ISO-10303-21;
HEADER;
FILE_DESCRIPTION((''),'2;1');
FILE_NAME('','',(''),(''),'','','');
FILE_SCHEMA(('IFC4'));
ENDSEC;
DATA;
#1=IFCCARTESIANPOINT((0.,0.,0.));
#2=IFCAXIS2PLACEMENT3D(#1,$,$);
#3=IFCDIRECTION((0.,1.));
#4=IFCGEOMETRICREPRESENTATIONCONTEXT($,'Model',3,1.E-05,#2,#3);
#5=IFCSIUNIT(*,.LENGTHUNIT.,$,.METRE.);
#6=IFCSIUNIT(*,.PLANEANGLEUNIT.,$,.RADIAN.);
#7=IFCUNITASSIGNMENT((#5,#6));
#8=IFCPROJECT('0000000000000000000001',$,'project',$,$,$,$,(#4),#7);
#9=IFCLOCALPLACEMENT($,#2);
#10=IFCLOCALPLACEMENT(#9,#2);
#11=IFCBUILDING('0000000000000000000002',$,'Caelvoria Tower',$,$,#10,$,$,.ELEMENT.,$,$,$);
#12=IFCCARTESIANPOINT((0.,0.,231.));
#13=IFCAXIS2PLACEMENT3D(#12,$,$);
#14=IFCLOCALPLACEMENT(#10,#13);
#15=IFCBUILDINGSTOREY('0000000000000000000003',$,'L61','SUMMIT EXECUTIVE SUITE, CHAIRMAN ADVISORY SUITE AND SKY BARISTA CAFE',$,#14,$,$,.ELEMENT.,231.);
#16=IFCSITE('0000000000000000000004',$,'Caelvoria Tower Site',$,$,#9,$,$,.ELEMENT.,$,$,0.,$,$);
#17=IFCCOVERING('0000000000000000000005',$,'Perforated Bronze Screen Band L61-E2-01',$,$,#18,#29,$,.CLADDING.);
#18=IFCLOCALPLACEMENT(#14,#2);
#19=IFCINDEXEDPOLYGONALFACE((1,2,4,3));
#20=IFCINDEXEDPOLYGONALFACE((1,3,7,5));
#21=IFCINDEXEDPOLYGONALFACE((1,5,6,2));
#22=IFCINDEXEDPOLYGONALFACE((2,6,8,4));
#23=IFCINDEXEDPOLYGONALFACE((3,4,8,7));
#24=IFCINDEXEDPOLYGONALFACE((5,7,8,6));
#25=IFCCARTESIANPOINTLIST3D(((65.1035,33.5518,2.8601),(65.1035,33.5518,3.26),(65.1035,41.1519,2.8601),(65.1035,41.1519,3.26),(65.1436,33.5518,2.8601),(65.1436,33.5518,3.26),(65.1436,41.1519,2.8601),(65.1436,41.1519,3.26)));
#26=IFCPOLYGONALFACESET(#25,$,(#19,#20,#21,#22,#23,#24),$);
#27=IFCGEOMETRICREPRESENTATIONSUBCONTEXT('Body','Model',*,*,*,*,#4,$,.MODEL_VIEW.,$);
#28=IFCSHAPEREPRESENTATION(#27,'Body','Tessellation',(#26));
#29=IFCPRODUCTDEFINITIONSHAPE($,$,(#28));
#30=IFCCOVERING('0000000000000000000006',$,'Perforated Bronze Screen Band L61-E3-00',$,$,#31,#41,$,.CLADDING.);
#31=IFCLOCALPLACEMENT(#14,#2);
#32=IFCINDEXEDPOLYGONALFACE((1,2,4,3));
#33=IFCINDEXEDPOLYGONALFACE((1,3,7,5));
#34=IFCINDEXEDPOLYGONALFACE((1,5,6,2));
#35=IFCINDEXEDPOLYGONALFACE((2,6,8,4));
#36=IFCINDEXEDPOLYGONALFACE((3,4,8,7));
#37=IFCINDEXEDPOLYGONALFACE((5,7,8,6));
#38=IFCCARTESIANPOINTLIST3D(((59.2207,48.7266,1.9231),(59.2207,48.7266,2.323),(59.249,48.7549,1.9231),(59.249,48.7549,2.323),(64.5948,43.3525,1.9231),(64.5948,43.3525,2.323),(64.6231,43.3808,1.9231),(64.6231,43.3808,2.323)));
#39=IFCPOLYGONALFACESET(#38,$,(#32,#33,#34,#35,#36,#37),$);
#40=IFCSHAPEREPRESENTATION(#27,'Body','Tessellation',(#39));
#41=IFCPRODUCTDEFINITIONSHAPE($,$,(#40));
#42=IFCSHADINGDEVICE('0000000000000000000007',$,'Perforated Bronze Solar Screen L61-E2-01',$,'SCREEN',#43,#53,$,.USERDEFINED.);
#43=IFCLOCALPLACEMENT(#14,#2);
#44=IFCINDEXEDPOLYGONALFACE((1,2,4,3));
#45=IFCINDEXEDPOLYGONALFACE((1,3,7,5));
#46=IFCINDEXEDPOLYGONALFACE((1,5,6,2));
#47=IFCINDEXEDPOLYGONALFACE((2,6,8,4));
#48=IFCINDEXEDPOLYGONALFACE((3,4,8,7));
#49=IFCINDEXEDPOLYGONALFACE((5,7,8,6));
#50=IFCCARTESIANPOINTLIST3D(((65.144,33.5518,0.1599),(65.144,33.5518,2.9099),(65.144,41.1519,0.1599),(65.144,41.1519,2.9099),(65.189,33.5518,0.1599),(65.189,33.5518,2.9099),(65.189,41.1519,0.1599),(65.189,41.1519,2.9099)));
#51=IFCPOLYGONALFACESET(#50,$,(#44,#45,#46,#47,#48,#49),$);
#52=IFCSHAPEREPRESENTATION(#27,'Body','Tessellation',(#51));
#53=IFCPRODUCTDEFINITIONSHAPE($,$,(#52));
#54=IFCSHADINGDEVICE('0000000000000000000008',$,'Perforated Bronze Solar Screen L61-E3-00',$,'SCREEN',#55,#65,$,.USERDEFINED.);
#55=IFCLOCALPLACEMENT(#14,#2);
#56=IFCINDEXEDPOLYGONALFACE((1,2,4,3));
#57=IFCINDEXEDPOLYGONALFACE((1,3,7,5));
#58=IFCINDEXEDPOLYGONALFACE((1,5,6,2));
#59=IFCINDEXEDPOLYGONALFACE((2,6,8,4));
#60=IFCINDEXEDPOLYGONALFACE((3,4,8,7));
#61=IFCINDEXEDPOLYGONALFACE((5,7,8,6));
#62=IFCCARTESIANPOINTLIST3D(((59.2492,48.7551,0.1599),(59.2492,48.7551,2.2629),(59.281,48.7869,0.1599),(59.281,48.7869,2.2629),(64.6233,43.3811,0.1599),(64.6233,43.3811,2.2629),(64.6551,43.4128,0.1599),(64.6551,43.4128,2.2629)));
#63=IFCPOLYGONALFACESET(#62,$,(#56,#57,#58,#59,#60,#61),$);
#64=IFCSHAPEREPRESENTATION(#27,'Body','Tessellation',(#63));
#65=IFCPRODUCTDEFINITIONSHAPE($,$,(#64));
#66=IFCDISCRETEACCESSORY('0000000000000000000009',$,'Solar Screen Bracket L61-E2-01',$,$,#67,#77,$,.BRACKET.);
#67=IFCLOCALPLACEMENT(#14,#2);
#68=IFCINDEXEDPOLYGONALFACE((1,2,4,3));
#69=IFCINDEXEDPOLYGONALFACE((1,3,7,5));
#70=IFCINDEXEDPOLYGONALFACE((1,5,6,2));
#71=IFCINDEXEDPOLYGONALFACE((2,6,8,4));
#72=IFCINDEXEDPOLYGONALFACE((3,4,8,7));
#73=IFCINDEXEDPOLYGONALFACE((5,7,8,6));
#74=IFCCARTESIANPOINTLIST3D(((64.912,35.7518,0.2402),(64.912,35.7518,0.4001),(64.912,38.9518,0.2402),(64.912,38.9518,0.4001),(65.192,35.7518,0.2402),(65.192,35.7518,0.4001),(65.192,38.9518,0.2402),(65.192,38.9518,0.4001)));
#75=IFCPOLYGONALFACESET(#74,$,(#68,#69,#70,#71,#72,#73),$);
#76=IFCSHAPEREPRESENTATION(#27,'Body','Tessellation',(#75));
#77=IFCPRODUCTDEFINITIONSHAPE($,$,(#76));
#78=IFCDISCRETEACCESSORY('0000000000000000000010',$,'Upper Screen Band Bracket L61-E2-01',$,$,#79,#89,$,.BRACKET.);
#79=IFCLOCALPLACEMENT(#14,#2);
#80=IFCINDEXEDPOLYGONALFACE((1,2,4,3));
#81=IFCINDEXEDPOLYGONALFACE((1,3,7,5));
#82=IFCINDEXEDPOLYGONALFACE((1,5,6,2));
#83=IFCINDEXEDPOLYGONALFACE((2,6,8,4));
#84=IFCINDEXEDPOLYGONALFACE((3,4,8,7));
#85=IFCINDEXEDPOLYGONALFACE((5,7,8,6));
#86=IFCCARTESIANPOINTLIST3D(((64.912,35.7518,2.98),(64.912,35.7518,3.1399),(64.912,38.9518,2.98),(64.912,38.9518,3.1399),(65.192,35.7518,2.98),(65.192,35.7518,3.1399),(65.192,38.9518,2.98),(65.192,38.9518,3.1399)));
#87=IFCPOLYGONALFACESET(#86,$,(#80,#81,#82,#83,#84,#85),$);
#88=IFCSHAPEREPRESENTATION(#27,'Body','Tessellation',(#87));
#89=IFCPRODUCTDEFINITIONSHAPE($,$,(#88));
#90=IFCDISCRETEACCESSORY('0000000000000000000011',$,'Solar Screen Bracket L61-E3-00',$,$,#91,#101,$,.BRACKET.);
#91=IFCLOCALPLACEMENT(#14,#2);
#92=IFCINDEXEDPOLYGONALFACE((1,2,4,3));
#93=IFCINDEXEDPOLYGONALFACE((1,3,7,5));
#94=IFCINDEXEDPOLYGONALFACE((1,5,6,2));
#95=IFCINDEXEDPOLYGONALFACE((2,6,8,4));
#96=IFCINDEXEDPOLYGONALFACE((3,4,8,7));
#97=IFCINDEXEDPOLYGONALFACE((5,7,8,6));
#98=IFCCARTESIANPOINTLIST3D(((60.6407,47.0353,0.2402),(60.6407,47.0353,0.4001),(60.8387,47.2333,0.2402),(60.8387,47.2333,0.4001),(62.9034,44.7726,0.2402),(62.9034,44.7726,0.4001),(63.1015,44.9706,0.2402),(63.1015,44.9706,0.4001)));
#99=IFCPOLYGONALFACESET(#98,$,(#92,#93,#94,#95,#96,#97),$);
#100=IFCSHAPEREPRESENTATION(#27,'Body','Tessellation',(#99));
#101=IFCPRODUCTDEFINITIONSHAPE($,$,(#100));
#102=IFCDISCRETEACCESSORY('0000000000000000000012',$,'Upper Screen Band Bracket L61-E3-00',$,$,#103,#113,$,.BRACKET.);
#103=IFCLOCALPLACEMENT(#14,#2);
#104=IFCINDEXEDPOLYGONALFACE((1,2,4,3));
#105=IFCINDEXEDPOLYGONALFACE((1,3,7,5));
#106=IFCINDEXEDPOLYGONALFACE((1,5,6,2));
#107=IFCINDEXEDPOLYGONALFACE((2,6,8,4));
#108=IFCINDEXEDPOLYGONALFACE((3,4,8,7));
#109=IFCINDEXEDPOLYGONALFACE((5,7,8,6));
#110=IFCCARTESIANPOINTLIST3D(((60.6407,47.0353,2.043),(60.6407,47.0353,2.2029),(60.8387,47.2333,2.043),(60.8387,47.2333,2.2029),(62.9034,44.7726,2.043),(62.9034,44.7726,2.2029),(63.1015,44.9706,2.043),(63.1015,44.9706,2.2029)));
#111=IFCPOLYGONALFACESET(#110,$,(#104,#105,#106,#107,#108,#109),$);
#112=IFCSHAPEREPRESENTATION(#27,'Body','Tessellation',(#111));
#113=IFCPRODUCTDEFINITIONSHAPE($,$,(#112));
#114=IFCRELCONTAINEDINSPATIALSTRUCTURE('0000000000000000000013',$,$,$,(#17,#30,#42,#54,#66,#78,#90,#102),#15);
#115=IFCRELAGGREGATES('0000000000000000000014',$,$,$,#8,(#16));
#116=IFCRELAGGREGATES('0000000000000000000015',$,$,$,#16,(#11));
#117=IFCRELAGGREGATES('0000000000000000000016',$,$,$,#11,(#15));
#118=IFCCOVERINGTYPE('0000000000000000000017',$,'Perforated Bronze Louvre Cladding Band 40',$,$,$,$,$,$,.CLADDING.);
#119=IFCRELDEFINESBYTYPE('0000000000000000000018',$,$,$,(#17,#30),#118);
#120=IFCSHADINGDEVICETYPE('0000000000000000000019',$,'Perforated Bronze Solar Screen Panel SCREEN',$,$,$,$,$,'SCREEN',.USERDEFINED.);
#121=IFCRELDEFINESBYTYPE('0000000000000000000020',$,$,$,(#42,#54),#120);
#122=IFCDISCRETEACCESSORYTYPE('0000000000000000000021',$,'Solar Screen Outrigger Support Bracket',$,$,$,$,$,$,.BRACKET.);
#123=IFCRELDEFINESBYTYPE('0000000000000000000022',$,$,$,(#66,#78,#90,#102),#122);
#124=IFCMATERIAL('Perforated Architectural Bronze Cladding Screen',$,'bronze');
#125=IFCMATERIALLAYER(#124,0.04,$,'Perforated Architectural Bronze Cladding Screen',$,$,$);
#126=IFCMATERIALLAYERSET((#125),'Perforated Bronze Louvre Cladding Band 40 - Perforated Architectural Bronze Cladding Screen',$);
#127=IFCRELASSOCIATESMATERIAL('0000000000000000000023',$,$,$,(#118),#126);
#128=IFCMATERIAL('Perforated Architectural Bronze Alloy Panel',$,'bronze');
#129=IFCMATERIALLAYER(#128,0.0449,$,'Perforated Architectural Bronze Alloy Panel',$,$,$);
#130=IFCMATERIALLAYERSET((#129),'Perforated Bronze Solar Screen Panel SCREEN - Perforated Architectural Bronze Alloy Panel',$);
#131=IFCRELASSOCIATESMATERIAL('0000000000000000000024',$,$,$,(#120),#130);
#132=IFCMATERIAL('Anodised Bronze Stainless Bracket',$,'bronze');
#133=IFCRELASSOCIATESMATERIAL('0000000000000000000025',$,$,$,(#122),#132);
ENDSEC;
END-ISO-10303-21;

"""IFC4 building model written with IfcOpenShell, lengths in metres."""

from ifc_helpers import new_model, si_unit, direction, frame, origin, origin_2d, place, context, subcontext, project, spatial, rectangle, extrude, material, layer, layer_set, type_object, element, save


model = new_model("IFC4")

# Units and contexts
model_context = context("Model", 3, precision=1e-05, world=origin(), true_north=direction((0.0, 1.0)))
body_context = subcontext(model_context, "Body", "Model", "MODEL_VIEW")
ifc_project = project(units=[si_unit("LENGTHUNIT", "METRE"), si_unit("PLANEANGLEUNIT", "RADIAN")], contexts=[model_context])

# Site, building, storey
site_placement = place(None, origin())
site = spatial("IfcSite", under=ifc_project, at=site_placement, Name="Caelvoria Tower Site", CompositionType="ELEMENT", RefElevation=0.0)
building_placement = place(site_placement, origin())
building = spatial("IfcBuilding", under=site, at=building_placement, Name="Caelvoria Tower", CompositionType="ELEMENT")
storey_placement = place(building_placement, frame((0.0, 0.0, 231.0)))
storey = spatial("IfcBuildingStorey", under=building, at=storey_placement, Name="L61", Description="SUMMIT EXECUTIVE SUITE, CHAIRMAN ADVISORY SUITE AND SKY BARISTA CAFE", CompositionType="ELEMENT", Elevation=231.0)

# Coverings
ifc_material_1 = material(Name="Perforated Architectural Bronze Cladding Screen", Category="bronze")
ifc_layer_1 = layer(ifc_material_1, 0.04, Name="Perforated Architectural Bronze Cladding Screen")
ifc_layer_set_1 = layer_set([ifc_layer_1], Name="Perforated Bronze Louvre Cladding Band 40 - Perforated Architectural Bronze Cladding Screen")
covering_type = type_object("IfcCoveringType", Name="Perforated Bronze Louvre Cladding Band 40", PredefinedType="CLADDING", material=ifc_layer_set_1)
for number, where, z_axis, x_axis, name in (
    (1, (65.1235, 37.3518, 2.8601), (0.0, 0.0, 1.0), (0.0, 1.0, 0.0), "Perforated Bronze Screen Band L61-E2-01"),
    (2, (61.9219, 46.0537, 1.9231), (0.0, 0.0, 1.0), (-0.707107, 0.707107, 0.0), "Perforated Bronze Screen Band L61-E3-00"),
):
    element("IfcCovering", number, at=place(storey_placement, frame(where, z_axis=z_axis, x_axis=x_axis)), inside=storey, type_object=covering_type, Name=name, PredefinedType="CLADDING", context=body_context, shape_type="SweptSolid", body=[
        extrude(rectangle(XDim=7.6001, YDim=0.04, at=origin_2d()), origin(), (0.0, 0.0, 1.0), 0.3999),
    ])

# Shading devices
ifc_material_2 = material(Name="Perforated Architectural Bronze Alloy Panel", Category="bronze")
ifc_layer_2 = layer(ifc_material_2, 0.0449, Name="Perforated Architectural Bronze Alloy Panel")
ifc_layer_set_2 = layer_set([ifc_layer_2], Name="Perforated Bronze Solar Screen Panel SCREEN - Perforated Architectural Bronze Alloy Panel")
shading_device_type = type_object("IfcShadingDeviceType", Name="Perforated Bronze Solar Screen Panel SCREEN", ElementType="SCREEN", PredefinedType="USERDEFINED", material=ifc_layer_set_2)
shading_device_1_placement = place(storey_placement, frame((65.1665, 37.3518, 0.1599), z_axis=(0.0, 0.0, 1.0), x_axis=(0.0, 1.0, 0.0)))
element("IfcShadingDevice", 3, at=shading_device_1_placement, inside=storey, type_object=shading_device_type, Name="Perforated Bronze Solar Screen L61-E2-01", ObjectType="SCREEN", PredefinedType="USERDEFINED", context=body_context, shape_type="SweptSolid", body=[
    extrude(rectangle(XDim=7.6001, YDim=0.0449, at=origin_2d()), origin(), (0.0, 0.0, 1.0), 2.75),
])
shading_device_2_placement = place(storey_placement, frame((61.9521, 46.084, 0.1599), z_axis=(0.0, 0.0, 1.0), x_axis=(-0.707107, 0.707107, 0.0)))
element("IfcShadingDevice", 4, at=shading_device_2_placement, inside=storey, type_object=shading_device_type, Name="Perforated Bronze Solar Screen L61-E3-00", ObjectType="SCREEN", PredefinedType="USERDEFINED", context=body_context, shape_type="SweptSolid", body=[
    extrude(rectangle(XDim=7.6001, YDim=0.0449, at=origin_2d()), origin(), (0.0, 0.0, 1.0), 2.103),
])

# Discrete accessories
ifc_material_3 = material(Name="Anodised Bronze Stainless Bracket", Category="bronze")
discrete_accessory_type = type_object("IfcDiscreteAccessoryType", Name="Solar Screen Outrigger Support Bracket", PredefinedType="BRACKET", material=ifc_material_3)
for number, where, z_axis, x_axis, name in (
    (5, (65.052, 37.3518, 0.2402), (0.0, 0.0, 1.0), (0.0, 1.0, 0.0), "Solar Screen Bracket L61-E2-01"),
    (6, (65.052, 37.3518, 2.98), (0.0, 0.0, 1.0), (0.0, 1.0, 0.0), "Upper Screen Band Bracket L61-E2-01"),
    (7, (61.8711, 46.0029, 0.2402), (0.0, 0.0, 1.0), (-0.707107, 0.707107, 0.0), "Solar Screen Bracket L61-E3-00"),
    (8, (61.8711, 46.0029, 2.043), (0.0, 0.0, 1.0), (-0.707107, 0.707107, 0.0), "Upper Screen Band Bracket L61-E3-00"),
):
    element("IfcDiscreteAccessory", number, at=place(storey_placement, frame(where, z_axis=z_axis, x_axis=x_axis)), inside=storey, type_object=discrete_accessory_type, Name=name, PredefinedType="BRACKET", context=body_context, shape_type="SweptSolid", body=[
        extrude(rectangle(XDim=3.2, YDim=0.28, at=origin_2d()), origin(), (0.0, 0.0, 1.0), 0.1599),
    ])

save(model, "model.ifc")
